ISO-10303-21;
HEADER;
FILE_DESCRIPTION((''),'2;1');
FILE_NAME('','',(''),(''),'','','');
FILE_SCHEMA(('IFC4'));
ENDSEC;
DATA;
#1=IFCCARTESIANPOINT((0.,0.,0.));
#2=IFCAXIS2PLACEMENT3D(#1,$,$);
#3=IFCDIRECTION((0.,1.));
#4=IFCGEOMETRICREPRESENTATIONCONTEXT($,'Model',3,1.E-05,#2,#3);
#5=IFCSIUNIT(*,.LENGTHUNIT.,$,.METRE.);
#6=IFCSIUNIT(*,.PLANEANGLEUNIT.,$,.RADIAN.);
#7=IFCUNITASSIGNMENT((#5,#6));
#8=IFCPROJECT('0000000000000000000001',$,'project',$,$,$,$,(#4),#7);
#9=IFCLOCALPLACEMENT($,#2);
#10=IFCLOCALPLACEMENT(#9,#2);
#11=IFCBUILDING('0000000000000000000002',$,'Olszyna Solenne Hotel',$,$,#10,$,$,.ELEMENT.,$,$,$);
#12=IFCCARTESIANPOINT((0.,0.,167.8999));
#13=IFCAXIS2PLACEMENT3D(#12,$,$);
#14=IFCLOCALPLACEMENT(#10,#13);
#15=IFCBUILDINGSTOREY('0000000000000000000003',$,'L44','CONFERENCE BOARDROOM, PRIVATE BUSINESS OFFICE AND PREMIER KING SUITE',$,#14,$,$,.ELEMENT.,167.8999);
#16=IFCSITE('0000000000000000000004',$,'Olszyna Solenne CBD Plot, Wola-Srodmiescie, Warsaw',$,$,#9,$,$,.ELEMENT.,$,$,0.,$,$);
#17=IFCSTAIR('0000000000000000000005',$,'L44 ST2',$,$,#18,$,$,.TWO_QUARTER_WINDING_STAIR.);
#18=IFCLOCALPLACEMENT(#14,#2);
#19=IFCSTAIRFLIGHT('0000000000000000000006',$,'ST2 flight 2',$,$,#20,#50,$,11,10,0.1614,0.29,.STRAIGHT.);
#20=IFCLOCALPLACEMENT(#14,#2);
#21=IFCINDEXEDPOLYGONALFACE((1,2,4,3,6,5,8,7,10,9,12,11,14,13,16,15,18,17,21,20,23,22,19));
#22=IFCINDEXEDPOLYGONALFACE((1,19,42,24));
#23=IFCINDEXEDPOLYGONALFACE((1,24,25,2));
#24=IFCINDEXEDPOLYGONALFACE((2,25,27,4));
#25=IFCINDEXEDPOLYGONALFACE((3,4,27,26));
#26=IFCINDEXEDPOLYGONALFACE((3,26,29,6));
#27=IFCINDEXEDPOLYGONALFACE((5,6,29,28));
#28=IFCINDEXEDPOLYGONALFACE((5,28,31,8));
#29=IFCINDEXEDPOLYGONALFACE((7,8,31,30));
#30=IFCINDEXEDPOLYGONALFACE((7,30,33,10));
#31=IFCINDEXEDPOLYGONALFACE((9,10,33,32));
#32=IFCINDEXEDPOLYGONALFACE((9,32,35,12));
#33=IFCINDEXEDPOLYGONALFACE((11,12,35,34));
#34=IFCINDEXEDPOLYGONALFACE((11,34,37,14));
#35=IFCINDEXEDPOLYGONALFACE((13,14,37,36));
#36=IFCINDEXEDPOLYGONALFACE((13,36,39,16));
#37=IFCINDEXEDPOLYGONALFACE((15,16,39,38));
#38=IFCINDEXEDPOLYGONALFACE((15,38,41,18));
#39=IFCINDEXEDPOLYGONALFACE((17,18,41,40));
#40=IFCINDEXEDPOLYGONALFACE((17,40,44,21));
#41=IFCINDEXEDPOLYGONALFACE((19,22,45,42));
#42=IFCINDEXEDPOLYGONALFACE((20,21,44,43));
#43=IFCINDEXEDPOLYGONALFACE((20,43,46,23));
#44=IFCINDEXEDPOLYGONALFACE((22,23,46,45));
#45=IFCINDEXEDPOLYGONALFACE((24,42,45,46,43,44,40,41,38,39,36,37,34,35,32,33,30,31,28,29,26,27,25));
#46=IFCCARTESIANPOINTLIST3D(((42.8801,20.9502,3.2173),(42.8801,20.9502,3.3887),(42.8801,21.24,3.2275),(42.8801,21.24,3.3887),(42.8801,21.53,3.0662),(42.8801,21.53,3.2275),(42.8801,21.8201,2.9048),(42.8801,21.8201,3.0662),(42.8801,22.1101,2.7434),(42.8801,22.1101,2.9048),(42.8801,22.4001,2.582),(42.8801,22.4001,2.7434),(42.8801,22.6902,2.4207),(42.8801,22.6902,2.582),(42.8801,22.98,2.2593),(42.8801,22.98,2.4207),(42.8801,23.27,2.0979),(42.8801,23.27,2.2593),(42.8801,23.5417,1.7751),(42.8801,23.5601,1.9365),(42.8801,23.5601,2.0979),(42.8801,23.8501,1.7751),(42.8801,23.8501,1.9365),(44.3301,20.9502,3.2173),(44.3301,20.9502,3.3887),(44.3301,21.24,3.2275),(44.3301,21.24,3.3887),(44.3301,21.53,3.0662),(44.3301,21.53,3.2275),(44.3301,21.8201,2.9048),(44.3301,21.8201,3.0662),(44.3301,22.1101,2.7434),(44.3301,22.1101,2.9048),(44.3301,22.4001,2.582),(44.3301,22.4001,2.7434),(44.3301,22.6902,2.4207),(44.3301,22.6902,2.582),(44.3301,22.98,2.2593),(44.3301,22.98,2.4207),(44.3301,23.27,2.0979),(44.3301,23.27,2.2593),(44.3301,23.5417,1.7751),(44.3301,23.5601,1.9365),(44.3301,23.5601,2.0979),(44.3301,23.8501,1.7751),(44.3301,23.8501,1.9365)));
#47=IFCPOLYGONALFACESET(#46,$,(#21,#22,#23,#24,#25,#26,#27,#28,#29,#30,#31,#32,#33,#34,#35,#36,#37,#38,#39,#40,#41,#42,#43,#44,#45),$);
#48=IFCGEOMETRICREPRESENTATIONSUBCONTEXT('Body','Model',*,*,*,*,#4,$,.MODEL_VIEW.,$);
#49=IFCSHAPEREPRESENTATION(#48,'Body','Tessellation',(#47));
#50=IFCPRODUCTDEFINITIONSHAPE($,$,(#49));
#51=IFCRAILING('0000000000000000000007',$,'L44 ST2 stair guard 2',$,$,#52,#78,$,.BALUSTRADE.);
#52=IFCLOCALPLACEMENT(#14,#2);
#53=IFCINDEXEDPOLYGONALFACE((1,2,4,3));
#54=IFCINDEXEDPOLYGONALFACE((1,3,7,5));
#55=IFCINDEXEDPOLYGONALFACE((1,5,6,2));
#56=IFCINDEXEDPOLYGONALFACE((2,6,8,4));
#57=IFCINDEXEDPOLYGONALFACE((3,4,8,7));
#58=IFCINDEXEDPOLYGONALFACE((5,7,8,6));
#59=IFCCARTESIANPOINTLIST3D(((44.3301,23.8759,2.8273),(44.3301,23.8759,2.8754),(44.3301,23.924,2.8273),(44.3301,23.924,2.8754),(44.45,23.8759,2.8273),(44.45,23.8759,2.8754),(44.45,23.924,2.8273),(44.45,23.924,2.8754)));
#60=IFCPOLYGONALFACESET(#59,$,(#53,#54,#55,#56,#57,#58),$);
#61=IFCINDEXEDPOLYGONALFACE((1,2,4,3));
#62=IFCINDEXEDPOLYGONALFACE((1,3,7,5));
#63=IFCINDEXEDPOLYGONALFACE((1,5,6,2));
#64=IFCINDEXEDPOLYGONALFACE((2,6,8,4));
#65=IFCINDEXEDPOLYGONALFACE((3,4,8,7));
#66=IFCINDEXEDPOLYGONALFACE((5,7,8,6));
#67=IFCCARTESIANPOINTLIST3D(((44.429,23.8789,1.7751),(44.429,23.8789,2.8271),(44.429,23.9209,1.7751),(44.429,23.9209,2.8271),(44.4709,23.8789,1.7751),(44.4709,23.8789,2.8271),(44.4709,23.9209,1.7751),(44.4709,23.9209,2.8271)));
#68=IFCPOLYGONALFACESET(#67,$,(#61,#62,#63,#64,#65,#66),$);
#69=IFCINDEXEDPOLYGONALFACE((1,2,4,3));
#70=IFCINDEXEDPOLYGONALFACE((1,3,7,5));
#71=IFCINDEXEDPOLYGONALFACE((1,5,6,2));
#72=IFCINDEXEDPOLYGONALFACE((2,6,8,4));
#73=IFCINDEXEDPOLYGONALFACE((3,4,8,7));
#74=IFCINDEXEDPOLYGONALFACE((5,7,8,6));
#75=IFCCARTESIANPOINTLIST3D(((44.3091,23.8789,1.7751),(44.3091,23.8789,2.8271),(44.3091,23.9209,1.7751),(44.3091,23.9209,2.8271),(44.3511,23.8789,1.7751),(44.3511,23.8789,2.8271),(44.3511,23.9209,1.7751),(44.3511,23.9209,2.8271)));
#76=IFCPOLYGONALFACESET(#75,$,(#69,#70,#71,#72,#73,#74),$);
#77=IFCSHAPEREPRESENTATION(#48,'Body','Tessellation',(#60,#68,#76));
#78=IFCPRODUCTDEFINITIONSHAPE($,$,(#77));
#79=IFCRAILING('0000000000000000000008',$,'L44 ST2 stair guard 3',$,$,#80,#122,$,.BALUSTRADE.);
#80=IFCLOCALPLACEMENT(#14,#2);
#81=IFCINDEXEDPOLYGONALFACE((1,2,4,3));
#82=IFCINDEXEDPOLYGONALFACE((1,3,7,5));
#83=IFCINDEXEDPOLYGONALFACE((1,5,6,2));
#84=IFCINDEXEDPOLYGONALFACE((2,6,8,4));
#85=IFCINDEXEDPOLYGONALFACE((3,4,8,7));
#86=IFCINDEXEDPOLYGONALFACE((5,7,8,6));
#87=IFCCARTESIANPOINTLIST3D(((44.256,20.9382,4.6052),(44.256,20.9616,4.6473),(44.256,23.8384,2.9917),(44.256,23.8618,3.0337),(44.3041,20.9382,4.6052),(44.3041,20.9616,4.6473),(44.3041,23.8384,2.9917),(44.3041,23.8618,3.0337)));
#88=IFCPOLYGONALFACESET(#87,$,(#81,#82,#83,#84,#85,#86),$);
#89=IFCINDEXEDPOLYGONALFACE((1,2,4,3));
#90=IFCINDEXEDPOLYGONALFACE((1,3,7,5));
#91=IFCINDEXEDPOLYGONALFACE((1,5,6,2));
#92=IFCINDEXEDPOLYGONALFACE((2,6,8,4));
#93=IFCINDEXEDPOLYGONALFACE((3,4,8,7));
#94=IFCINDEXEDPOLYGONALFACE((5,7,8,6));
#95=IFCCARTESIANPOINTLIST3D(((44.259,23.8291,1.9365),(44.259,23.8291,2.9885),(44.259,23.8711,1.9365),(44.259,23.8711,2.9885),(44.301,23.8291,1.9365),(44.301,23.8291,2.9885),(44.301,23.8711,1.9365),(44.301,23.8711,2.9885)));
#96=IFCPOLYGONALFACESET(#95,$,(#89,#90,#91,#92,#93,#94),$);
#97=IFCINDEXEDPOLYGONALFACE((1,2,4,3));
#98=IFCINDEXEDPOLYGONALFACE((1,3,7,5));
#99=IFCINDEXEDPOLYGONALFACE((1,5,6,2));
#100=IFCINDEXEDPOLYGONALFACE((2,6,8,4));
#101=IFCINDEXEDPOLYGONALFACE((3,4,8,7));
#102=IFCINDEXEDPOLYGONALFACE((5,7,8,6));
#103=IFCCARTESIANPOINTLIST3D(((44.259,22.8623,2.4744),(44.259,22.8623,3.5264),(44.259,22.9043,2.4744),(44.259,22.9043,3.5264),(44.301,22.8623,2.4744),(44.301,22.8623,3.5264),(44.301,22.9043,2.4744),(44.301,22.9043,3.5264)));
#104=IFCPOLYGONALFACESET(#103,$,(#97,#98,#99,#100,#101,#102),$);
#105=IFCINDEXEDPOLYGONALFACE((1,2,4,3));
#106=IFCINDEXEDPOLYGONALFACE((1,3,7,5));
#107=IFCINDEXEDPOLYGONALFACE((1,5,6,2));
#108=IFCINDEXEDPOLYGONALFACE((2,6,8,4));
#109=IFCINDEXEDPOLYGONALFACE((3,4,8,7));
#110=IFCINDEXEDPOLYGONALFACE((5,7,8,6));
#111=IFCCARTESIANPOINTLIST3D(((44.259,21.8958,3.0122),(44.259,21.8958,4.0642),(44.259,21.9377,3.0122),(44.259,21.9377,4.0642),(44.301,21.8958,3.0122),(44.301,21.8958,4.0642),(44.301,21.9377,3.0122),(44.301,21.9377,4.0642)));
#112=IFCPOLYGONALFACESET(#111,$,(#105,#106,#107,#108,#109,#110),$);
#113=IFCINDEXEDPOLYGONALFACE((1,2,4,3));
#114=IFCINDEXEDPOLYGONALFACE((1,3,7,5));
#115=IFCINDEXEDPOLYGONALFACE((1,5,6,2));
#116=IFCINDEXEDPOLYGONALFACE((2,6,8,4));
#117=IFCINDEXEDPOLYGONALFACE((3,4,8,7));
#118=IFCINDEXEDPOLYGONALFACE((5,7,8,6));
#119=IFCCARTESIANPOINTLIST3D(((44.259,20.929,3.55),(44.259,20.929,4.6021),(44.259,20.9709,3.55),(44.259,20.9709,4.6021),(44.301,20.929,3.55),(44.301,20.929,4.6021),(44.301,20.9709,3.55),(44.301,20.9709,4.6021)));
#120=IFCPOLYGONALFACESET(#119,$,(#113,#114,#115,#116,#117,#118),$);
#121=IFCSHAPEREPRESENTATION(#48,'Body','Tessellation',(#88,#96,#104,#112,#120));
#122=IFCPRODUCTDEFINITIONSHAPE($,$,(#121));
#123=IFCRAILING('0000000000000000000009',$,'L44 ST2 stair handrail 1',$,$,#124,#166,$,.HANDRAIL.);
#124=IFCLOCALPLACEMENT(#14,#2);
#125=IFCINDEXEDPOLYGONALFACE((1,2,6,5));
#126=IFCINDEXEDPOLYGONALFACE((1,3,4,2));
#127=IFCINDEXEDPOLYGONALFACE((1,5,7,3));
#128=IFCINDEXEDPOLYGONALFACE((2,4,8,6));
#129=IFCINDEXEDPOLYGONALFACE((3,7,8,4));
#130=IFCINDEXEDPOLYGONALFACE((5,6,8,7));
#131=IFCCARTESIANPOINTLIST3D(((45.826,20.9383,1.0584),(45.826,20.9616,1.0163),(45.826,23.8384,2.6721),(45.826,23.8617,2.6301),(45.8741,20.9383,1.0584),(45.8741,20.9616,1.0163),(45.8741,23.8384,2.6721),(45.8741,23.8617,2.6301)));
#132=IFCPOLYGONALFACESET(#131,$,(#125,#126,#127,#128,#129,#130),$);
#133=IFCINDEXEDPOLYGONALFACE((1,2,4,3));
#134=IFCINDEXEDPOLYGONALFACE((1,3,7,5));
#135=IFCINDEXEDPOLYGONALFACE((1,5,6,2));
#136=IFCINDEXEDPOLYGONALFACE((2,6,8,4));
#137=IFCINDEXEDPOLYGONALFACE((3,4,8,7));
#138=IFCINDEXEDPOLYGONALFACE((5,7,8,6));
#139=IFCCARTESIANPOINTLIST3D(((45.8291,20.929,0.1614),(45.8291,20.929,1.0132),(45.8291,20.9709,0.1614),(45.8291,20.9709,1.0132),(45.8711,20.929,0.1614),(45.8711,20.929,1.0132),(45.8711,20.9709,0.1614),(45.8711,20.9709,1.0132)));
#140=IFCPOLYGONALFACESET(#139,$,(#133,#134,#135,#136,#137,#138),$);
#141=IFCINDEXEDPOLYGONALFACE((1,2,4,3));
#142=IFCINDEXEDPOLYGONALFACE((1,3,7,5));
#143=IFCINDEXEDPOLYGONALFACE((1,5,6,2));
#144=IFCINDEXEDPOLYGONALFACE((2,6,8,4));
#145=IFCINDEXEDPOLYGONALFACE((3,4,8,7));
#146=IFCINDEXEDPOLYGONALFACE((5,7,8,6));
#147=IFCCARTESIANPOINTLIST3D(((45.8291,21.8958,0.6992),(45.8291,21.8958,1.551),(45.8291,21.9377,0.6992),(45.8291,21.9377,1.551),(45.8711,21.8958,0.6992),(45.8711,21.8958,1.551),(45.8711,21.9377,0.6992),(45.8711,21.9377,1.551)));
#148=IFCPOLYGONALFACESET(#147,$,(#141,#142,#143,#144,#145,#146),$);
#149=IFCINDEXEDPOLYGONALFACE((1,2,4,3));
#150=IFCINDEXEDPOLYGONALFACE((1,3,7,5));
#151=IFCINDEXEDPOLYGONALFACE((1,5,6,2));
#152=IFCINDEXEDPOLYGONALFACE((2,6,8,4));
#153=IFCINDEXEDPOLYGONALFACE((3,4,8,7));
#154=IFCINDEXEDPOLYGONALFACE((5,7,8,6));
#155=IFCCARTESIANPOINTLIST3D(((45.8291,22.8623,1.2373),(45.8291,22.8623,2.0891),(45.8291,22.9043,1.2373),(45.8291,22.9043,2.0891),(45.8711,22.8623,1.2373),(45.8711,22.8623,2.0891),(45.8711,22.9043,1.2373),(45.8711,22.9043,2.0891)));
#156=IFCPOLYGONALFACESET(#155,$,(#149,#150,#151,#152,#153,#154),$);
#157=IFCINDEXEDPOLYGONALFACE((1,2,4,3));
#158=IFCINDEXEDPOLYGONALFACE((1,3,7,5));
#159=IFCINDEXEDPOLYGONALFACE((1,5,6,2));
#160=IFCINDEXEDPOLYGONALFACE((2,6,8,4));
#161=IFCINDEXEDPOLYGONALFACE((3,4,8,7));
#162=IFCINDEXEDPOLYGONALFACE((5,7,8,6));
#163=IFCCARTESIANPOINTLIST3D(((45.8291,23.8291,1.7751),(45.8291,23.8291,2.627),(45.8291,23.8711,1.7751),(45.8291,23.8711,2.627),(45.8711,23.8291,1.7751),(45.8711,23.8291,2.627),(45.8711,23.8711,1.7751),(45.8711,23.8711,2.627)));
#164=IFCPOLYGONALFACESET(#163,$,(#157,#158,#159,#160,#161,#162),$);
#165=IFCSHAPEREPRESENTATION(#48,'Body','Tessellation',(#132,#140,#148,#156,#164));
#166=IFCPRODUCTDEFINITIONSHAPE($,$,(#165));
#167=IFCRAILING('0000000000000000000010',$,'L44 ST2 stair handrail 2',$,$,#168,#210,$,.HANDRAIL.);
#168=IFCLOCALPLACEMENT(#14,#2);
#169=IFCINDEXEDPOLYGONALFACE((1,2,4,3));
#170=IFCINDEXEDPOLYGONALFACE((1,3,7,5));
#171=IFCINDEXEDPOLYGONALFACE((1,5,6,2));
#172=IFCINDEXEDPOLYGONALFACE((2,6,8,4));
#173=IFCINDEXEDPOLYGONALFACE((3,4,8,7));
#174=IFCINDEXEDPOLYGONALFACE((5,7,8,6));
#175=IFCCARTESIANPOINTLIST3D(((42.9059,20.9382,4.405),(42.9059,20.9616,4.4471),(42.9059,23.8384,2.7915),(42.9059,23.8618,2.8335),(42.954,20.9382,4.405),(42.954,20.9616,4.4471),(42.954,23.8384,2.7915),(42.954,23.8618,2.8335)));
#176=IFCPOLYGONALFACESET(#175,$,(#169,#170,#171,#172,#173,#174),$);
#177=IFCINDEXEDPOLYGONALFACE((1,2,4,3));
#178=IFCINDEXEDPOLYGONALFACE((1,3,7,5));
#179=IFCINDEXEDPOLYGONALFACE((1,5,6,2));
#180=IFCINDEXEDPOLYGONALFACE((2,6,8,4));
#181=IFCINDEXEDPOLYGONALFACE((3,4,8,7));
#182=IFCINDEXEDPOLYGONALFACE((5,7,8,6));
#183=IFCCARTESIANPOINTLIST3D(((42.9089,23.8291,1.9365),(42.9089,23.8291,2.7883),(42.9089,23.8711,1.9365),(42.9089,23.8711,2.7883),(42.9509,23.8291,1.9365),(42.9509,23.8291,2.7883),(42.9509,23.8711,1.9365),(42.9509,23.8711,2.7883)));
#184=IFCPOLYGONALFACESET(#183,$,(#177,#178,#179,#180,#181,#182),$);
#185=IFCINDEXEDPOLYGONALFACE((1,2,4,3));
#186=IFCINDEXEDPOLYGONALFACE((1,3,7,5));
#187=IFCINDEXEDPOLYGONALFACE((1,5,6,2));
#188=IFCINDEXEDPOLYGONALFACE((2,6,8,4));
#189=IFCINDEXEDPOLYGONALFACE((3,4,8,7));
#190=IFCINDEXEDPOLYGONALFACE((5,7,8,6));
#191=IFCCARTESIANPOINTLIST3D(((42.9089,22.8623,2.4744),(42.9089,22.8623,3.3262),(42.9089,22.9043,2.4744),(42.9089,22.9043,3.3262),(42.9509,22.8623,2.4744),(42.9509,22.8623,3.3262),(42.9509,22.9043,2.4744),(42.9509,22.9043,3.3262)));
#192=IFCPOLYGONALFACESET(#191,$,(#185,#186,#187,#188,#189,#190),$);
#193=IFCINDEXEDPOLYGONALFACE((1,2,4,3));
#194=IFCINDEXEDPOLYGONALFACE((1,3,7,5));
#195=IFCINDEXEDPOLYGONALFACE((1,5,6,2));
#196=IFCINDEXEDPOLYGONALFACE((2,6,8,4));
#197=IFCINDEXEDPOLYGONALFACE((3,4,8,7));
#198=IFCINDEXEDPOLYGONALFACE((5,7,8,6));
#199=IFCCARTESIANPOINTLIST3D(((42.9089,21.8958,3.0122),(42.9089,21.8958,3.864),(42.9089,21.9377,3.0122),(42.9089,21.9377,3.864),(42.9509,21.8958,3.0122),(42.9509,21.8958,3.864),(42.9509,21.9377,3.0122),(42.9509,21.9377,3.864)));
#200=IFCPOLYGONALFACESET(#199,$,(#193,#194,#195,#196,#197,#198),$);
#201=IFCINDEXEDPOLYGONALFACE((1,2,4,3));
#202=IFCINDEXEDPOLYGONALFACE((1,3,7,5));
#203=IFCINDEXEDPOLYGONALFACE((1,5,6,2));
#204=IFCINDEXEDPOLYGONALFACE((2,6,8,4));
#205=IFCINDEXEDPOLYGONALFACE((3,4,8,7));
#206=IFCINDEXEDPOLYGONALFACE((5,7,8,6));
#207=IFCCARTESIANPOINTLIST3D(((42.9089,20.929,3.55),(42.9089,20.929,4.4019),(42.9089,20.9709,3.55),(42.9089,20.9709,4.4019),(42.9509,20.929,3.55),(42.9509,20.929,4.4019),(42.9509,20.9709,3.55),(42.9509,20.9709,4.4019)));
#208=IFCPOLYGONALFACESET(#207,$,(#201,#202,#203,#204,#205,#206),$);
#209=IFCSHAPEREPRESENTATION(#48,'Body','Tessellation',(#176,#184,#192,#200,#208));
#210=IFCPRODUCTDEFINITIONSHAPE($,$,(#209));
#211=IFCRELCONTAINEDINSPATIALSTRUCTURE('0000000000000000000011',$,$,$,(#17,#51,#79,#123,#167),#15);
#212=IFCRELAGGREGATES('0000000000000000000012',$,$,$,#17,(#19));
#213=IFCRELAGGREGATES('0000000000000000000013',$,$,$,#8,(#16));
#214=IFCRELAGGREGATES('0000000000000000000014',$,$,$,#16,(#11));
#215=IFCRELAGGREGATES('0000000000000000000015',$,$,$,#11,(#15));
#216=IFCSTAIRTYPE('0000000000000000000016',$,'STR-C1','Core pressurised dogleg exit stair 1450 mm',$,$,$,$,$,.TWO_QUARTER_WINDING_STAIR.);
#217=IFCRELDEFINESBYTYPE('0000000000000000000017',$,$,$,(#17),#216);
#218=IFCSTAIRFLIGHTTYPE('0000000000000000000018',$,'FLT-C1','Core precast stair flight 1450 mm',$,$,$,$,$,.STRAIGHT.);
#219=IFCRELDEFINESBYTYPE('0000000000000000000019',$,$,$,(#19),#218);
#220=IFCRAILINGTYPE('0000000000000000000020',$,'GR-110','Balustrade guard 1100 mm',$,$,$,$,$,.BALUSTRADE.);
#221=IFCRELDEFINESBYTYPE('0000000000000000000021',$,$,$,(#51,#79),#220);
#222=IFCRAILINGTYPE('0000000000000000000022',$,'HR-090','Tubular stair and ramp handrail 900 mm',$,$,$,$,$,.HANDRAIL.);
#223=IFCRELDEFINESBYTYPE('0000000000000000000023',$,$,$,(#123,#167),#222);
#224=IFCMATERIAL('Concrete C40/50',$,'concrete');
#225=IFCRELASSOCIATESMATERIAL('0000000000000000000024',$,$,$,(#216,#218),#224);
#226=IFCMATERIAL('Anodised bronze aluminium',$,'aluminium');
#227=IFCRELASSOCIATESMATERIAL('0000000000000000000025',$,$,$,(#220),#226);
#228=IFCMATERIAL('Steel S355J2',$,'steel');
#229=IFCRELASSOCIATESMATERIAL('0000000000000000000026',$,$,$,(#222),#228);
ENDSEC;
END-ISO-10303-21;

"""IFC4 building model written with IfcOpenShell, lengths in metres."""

from ifc_helpers import new_model, si_unit, direction, frame, origin, origin_2d, place, context, subcontext, project, spatial, polyline, rectangle, outline, extrude, material, type_object, element, aggregate, save


model = new_model("IFC4")

# Units and contexts
model_context = context("Model", 3, precision=1e-05, world=origin(), true_north=direction((0.0, 1.0)))
body_context = subcontext(model_context, "Body", "Model", "MODEL_VIEW")
ifc_project = project(units=[si_unit("LENGTHUNIT", "METRE"), si_unit("PLANEANGLEUNIT", "RADIAN")], contexts=[model_context])

# Site, building, storey
site_placement = place(None, origin())
site = spatial("IfcSite", under=ifc_project, at=site_placement, Name="Olszyna Solenne CBD Plot, Wola-Srodmiescie, Warsaw", CompositionType="ELEMENT", RefElevation=0.0)
building_placement = place(site_placement, origin())
building = spatial("IfcBuilding", under=site, at=building_placement, Name="Olszyna Solenne Hotel", CompositionType="ELEMENT")
storey_placement = place(building_placement, frame((0.0, 0.0, 167.8999)))
storey = spatial("IfcBuildingStorey", under=building, at=storey_placement, Name="L44", Description="CONFERENCE BOARDROOM, PRIVATE BUSINESS OFFICE AND PREMIER KING SUITE", CompositionType="ELEMENT", Elevation=167.8999)

# Shared definitions
ifc_material_1 = material(Name="Steel S355J2", Category="steel")

# Stair, stair flight
ifc_material_2 = material(Name="Concrete C40/50", Category="concrete")
stair_type = type_object("IfcStairType", Name="STR-C1", Description="Core pressurised dogleg exit stair 1450 mm", PredefinedType="TWO_QUARTER_WINDING_STAIR", material=ifc_material_2)
stair_placement = place(storey_placement, origin())
stair = element("IfcStair", 1, at=stair_placement, inside=storey, type_object=stair_type, Name="L44 ST2", PredefinedType="TWO_QUARTER_WINDING_STAIR")
stair_flight_type = type_object("IfcStairFlightType", Name="FLT-C1", Description="Core precast stair flight 1450 mm", PredefinedType="STRAIGHT", material=ifc_material_2)
stair_flight_1_placement = place(storey_placement, frame((43.605, 23.8501, 1.7751), z_axis=(0.0, 0.0, 1.0), x_axis=(0.0, -1.0, 0.0)))
stair_flight_1 = element("IfcStairFlight", 2, at=stair_flight_1_placement, type_object=stair_flight_type, Name="ST2 flight 2", NumberOfRisers=11, NumberOfTreads=10, PredefinedType="STRAIGHT", RiserHeight=0.1614, TreadLength=0.29, context=body_context, shape_type="SweptSolid", body=[
    extrude(outline(polyline([(0.0, 0.0), (0.0, 0.1614), (0.29, 0.1614), (0.29, 0.3228), (0.5801, 0.3228), (0.5801, 0.4841), (0.8701, 0.4841), (0.8701, 0.6455), (1.1599, 0.6455), (1.1599, 0.8069), (1.45, 0.8069), (1.45, 0.9683), (1.74, 0.9683), (1.74, 1.1296), (2.03, 1.1296), (2.03, 1.291), (2.3201, 1.291), (2.3201, 1.4524), (2.6101, 1.4524), (2.6101, 1.6135), (2.8999, 1.6135), (2.8999, 1.7749), (2.8999, 1.4421), (0.3083, 0.0), (0.0, 0.0)])), frame((0.0, 0.7251, 0.0), z_axis=(0.0, -1.0, 0.0), x_axis=(1.0, 0.0, 0.0)), (0.0, 0.0, 1.0), 1.45),
])
aggregate(stair, [stair_flight_1])

# Railings
ifc_material_3 = material(Name="Anodised bronze aluminium", Category="aluminium")
railing_type_1 = type_object("IfcRailingType", Name="GR-110", Description="Balustrade guard 1100 mm", PredefinedType="BALUSTRADE", material=ifc_material_3)
railing_1_placement = place(storey_placement, frame((44.45, 23.8999, 1.7751)))
element("IfcRailing", 3, at=railing_1_placement, inside=storey, type_object=railing_type_1, Name="L44 ST2 stair guard 2", PredefinedType="BALUSTRADE", context=body_context, shape_type="SweptSolid", body=[
    extrude(rectangle(XDim=0.0481, YDim=0.0481, at=origin_2d()), frame((0.0, 0.0, 1.0762), z_axis=(-1.0, 0.0, 0.0), x_axis=(0.0, -1.0, 0.0)), (0.0, 0.0, 1.0), 0.1199),
    extrude(rectangle(XDim=0.042, YDim=0.042, at=origin_2d()), origin(), (0.0, 0.0, 1.0), 1.052),
    extrude(rectangle(XDim=0.042, YDim=0.042, at=origin_2d()), frame((-0.1199, 0.0, 0.0)), (0.0, 0.0, 1.0), 1.052),
])
railing_2_placement = place(storey_placement, frame((44.28, 23.8501, 1.9365)))
element("IfcRailing", 4, at=railing_2_placement, inside=storey, type_object=railing_type_1, Name="L44 ST2 stair guard 3", PredefinedType="BALUSTRADE", context=body_context, shape_type="SweptSolid", body=[
    extrude(rectangle(XDim=0.0481, YDim=0.0481, at=origin_2d()), frame((0.0, 0.0, 1.0762), z_axis=(0.0, -0.873859, 0.48618), x_axis=(1.0, 0.0, 0.0)), (0.0, 0.0, 1.0), 3.3188),
    extrude(rectangle(XDim=0.042, YDim=0.042, at=origin_2d()), origin(), (0.0, 0.0, 1.0), 1.052),
    extrude(rectangle(XDim=0.042, YDim=0.042, at=origin_2d()), frame((0.0, -0.9668, 0.5378)), (0.0, 0.0, 1.0), 1.052),
    extrude(rectangle(XDim=0.042, YDim=0.042, at=origin_2d()), frame((0.0, -1.9333, 1.0757)), (0.0, 0.0, 1.0), 1.052),
    extrude(rectangle(XDim=0.042, YDim=0.042, at=origin_2d()), frame((0.0, -2.9001, 1.6135)), (0.0, 0.0, 1.0), 1.052),
])
railing_type_2 = type_object("IfcRailingType", Name="HR-090", Description="Tubular stair and ramp handrail 900 mm", PredefinedType="HANDRAIL", material=ifc_material_1)
railing_3_placement = place(storey_placement, frame((45.8501, 20.95, 0.1614)))
element("IfcRailing", 5, at=railing_3_placement, inside=storey, type_object=railing_type_2, Name="L44 ST2 stair handrail 1", PredefinedType="HANDRAIL", context=body_context, shape_type="SweptSolid", body=[
    extrude(rectangle(XDim=0.0481, YDim=0.0481, at=origin_2d()), frame((0.0, 0.0, 0.876), z_axis=(0.0, 0.873827, 0.486236), x_axis=(-1.0, 0.0, 0.0)), (0.0, 0.0, 1.0), 3.3188),
    extrude(rectangle(XDim=0.042, YDim=0.042, at=origin_2d()), origin(), (0.0, 0.0, 1.0), 0.8518),
    extrude(rectangle(XDim=0.042, YDim=0.042, at=origin_2d()), frame((0.0, 0.9668, 0.5378)), (0.0, 0.0, 1.0), 0.8518),
    extrude(rectangle(XDim=0.042, YDim=0.042, at=origin_2d()), frame((0.0, 1.9333, 1.0759)), (0.0, 0.0, 1.0), 0.8518),
    extrude(rectangle(XDim=0.042, YDim=0.042, at=origin_2d()), frame((0.0, 2.9001, 1.6138)), (0.0, 0.0, 1.0), 0.8518),
])
railing_4_placement = place(storey_placement, frame((42.9299, 23.8501, 1.9365)))
element("IfcRailing", 6, at=railing_4_placement, inside=storey, type_object=railing_type_2, Name="L44 ST2 stair handrail 2", PredefinedType="HANDRAIL", context=body_context, shape_type="SweptSolid", body=[
    extrude(rectangle(XDim=0.0481, YDim=0.0481, at=origin_2d()), frame((0.0, 0.0, 0.876), z_axis=(0.0, -0.873859, 0.48618), x_axis=(1.0, 0.0, 0.0)), (0.0, 0.0, 1.0), 3.3188),
    extrude(rectangle(XDim=0.042, YDim=0.042, at=origin_2d()), origin(), (0.0, 0.0, 1.0), 0.8518),
    extrude(rectangle(XDim=0.042, YDim=0.042, at=origin_2d()), frame((0.0, -0.9668, 0.5378)), (0.0, 0.0, 1.0), 0.8518),
    extrude(rectangle(XDim=0.042, YDim=0.042, at=origin_2d()), frame((0.0, -1.9333, 1.0757)), (0.0, 0.0, 1.0), 0.8518),
    extrude(rectangle(XDim=0.042, YDim=0.042, at=origin_2d()), frame((0.0, -2.9001, 1.6135)), (0.0, 0.0, 1.0), 0.8518),
])

save(model, "model.ifc")
